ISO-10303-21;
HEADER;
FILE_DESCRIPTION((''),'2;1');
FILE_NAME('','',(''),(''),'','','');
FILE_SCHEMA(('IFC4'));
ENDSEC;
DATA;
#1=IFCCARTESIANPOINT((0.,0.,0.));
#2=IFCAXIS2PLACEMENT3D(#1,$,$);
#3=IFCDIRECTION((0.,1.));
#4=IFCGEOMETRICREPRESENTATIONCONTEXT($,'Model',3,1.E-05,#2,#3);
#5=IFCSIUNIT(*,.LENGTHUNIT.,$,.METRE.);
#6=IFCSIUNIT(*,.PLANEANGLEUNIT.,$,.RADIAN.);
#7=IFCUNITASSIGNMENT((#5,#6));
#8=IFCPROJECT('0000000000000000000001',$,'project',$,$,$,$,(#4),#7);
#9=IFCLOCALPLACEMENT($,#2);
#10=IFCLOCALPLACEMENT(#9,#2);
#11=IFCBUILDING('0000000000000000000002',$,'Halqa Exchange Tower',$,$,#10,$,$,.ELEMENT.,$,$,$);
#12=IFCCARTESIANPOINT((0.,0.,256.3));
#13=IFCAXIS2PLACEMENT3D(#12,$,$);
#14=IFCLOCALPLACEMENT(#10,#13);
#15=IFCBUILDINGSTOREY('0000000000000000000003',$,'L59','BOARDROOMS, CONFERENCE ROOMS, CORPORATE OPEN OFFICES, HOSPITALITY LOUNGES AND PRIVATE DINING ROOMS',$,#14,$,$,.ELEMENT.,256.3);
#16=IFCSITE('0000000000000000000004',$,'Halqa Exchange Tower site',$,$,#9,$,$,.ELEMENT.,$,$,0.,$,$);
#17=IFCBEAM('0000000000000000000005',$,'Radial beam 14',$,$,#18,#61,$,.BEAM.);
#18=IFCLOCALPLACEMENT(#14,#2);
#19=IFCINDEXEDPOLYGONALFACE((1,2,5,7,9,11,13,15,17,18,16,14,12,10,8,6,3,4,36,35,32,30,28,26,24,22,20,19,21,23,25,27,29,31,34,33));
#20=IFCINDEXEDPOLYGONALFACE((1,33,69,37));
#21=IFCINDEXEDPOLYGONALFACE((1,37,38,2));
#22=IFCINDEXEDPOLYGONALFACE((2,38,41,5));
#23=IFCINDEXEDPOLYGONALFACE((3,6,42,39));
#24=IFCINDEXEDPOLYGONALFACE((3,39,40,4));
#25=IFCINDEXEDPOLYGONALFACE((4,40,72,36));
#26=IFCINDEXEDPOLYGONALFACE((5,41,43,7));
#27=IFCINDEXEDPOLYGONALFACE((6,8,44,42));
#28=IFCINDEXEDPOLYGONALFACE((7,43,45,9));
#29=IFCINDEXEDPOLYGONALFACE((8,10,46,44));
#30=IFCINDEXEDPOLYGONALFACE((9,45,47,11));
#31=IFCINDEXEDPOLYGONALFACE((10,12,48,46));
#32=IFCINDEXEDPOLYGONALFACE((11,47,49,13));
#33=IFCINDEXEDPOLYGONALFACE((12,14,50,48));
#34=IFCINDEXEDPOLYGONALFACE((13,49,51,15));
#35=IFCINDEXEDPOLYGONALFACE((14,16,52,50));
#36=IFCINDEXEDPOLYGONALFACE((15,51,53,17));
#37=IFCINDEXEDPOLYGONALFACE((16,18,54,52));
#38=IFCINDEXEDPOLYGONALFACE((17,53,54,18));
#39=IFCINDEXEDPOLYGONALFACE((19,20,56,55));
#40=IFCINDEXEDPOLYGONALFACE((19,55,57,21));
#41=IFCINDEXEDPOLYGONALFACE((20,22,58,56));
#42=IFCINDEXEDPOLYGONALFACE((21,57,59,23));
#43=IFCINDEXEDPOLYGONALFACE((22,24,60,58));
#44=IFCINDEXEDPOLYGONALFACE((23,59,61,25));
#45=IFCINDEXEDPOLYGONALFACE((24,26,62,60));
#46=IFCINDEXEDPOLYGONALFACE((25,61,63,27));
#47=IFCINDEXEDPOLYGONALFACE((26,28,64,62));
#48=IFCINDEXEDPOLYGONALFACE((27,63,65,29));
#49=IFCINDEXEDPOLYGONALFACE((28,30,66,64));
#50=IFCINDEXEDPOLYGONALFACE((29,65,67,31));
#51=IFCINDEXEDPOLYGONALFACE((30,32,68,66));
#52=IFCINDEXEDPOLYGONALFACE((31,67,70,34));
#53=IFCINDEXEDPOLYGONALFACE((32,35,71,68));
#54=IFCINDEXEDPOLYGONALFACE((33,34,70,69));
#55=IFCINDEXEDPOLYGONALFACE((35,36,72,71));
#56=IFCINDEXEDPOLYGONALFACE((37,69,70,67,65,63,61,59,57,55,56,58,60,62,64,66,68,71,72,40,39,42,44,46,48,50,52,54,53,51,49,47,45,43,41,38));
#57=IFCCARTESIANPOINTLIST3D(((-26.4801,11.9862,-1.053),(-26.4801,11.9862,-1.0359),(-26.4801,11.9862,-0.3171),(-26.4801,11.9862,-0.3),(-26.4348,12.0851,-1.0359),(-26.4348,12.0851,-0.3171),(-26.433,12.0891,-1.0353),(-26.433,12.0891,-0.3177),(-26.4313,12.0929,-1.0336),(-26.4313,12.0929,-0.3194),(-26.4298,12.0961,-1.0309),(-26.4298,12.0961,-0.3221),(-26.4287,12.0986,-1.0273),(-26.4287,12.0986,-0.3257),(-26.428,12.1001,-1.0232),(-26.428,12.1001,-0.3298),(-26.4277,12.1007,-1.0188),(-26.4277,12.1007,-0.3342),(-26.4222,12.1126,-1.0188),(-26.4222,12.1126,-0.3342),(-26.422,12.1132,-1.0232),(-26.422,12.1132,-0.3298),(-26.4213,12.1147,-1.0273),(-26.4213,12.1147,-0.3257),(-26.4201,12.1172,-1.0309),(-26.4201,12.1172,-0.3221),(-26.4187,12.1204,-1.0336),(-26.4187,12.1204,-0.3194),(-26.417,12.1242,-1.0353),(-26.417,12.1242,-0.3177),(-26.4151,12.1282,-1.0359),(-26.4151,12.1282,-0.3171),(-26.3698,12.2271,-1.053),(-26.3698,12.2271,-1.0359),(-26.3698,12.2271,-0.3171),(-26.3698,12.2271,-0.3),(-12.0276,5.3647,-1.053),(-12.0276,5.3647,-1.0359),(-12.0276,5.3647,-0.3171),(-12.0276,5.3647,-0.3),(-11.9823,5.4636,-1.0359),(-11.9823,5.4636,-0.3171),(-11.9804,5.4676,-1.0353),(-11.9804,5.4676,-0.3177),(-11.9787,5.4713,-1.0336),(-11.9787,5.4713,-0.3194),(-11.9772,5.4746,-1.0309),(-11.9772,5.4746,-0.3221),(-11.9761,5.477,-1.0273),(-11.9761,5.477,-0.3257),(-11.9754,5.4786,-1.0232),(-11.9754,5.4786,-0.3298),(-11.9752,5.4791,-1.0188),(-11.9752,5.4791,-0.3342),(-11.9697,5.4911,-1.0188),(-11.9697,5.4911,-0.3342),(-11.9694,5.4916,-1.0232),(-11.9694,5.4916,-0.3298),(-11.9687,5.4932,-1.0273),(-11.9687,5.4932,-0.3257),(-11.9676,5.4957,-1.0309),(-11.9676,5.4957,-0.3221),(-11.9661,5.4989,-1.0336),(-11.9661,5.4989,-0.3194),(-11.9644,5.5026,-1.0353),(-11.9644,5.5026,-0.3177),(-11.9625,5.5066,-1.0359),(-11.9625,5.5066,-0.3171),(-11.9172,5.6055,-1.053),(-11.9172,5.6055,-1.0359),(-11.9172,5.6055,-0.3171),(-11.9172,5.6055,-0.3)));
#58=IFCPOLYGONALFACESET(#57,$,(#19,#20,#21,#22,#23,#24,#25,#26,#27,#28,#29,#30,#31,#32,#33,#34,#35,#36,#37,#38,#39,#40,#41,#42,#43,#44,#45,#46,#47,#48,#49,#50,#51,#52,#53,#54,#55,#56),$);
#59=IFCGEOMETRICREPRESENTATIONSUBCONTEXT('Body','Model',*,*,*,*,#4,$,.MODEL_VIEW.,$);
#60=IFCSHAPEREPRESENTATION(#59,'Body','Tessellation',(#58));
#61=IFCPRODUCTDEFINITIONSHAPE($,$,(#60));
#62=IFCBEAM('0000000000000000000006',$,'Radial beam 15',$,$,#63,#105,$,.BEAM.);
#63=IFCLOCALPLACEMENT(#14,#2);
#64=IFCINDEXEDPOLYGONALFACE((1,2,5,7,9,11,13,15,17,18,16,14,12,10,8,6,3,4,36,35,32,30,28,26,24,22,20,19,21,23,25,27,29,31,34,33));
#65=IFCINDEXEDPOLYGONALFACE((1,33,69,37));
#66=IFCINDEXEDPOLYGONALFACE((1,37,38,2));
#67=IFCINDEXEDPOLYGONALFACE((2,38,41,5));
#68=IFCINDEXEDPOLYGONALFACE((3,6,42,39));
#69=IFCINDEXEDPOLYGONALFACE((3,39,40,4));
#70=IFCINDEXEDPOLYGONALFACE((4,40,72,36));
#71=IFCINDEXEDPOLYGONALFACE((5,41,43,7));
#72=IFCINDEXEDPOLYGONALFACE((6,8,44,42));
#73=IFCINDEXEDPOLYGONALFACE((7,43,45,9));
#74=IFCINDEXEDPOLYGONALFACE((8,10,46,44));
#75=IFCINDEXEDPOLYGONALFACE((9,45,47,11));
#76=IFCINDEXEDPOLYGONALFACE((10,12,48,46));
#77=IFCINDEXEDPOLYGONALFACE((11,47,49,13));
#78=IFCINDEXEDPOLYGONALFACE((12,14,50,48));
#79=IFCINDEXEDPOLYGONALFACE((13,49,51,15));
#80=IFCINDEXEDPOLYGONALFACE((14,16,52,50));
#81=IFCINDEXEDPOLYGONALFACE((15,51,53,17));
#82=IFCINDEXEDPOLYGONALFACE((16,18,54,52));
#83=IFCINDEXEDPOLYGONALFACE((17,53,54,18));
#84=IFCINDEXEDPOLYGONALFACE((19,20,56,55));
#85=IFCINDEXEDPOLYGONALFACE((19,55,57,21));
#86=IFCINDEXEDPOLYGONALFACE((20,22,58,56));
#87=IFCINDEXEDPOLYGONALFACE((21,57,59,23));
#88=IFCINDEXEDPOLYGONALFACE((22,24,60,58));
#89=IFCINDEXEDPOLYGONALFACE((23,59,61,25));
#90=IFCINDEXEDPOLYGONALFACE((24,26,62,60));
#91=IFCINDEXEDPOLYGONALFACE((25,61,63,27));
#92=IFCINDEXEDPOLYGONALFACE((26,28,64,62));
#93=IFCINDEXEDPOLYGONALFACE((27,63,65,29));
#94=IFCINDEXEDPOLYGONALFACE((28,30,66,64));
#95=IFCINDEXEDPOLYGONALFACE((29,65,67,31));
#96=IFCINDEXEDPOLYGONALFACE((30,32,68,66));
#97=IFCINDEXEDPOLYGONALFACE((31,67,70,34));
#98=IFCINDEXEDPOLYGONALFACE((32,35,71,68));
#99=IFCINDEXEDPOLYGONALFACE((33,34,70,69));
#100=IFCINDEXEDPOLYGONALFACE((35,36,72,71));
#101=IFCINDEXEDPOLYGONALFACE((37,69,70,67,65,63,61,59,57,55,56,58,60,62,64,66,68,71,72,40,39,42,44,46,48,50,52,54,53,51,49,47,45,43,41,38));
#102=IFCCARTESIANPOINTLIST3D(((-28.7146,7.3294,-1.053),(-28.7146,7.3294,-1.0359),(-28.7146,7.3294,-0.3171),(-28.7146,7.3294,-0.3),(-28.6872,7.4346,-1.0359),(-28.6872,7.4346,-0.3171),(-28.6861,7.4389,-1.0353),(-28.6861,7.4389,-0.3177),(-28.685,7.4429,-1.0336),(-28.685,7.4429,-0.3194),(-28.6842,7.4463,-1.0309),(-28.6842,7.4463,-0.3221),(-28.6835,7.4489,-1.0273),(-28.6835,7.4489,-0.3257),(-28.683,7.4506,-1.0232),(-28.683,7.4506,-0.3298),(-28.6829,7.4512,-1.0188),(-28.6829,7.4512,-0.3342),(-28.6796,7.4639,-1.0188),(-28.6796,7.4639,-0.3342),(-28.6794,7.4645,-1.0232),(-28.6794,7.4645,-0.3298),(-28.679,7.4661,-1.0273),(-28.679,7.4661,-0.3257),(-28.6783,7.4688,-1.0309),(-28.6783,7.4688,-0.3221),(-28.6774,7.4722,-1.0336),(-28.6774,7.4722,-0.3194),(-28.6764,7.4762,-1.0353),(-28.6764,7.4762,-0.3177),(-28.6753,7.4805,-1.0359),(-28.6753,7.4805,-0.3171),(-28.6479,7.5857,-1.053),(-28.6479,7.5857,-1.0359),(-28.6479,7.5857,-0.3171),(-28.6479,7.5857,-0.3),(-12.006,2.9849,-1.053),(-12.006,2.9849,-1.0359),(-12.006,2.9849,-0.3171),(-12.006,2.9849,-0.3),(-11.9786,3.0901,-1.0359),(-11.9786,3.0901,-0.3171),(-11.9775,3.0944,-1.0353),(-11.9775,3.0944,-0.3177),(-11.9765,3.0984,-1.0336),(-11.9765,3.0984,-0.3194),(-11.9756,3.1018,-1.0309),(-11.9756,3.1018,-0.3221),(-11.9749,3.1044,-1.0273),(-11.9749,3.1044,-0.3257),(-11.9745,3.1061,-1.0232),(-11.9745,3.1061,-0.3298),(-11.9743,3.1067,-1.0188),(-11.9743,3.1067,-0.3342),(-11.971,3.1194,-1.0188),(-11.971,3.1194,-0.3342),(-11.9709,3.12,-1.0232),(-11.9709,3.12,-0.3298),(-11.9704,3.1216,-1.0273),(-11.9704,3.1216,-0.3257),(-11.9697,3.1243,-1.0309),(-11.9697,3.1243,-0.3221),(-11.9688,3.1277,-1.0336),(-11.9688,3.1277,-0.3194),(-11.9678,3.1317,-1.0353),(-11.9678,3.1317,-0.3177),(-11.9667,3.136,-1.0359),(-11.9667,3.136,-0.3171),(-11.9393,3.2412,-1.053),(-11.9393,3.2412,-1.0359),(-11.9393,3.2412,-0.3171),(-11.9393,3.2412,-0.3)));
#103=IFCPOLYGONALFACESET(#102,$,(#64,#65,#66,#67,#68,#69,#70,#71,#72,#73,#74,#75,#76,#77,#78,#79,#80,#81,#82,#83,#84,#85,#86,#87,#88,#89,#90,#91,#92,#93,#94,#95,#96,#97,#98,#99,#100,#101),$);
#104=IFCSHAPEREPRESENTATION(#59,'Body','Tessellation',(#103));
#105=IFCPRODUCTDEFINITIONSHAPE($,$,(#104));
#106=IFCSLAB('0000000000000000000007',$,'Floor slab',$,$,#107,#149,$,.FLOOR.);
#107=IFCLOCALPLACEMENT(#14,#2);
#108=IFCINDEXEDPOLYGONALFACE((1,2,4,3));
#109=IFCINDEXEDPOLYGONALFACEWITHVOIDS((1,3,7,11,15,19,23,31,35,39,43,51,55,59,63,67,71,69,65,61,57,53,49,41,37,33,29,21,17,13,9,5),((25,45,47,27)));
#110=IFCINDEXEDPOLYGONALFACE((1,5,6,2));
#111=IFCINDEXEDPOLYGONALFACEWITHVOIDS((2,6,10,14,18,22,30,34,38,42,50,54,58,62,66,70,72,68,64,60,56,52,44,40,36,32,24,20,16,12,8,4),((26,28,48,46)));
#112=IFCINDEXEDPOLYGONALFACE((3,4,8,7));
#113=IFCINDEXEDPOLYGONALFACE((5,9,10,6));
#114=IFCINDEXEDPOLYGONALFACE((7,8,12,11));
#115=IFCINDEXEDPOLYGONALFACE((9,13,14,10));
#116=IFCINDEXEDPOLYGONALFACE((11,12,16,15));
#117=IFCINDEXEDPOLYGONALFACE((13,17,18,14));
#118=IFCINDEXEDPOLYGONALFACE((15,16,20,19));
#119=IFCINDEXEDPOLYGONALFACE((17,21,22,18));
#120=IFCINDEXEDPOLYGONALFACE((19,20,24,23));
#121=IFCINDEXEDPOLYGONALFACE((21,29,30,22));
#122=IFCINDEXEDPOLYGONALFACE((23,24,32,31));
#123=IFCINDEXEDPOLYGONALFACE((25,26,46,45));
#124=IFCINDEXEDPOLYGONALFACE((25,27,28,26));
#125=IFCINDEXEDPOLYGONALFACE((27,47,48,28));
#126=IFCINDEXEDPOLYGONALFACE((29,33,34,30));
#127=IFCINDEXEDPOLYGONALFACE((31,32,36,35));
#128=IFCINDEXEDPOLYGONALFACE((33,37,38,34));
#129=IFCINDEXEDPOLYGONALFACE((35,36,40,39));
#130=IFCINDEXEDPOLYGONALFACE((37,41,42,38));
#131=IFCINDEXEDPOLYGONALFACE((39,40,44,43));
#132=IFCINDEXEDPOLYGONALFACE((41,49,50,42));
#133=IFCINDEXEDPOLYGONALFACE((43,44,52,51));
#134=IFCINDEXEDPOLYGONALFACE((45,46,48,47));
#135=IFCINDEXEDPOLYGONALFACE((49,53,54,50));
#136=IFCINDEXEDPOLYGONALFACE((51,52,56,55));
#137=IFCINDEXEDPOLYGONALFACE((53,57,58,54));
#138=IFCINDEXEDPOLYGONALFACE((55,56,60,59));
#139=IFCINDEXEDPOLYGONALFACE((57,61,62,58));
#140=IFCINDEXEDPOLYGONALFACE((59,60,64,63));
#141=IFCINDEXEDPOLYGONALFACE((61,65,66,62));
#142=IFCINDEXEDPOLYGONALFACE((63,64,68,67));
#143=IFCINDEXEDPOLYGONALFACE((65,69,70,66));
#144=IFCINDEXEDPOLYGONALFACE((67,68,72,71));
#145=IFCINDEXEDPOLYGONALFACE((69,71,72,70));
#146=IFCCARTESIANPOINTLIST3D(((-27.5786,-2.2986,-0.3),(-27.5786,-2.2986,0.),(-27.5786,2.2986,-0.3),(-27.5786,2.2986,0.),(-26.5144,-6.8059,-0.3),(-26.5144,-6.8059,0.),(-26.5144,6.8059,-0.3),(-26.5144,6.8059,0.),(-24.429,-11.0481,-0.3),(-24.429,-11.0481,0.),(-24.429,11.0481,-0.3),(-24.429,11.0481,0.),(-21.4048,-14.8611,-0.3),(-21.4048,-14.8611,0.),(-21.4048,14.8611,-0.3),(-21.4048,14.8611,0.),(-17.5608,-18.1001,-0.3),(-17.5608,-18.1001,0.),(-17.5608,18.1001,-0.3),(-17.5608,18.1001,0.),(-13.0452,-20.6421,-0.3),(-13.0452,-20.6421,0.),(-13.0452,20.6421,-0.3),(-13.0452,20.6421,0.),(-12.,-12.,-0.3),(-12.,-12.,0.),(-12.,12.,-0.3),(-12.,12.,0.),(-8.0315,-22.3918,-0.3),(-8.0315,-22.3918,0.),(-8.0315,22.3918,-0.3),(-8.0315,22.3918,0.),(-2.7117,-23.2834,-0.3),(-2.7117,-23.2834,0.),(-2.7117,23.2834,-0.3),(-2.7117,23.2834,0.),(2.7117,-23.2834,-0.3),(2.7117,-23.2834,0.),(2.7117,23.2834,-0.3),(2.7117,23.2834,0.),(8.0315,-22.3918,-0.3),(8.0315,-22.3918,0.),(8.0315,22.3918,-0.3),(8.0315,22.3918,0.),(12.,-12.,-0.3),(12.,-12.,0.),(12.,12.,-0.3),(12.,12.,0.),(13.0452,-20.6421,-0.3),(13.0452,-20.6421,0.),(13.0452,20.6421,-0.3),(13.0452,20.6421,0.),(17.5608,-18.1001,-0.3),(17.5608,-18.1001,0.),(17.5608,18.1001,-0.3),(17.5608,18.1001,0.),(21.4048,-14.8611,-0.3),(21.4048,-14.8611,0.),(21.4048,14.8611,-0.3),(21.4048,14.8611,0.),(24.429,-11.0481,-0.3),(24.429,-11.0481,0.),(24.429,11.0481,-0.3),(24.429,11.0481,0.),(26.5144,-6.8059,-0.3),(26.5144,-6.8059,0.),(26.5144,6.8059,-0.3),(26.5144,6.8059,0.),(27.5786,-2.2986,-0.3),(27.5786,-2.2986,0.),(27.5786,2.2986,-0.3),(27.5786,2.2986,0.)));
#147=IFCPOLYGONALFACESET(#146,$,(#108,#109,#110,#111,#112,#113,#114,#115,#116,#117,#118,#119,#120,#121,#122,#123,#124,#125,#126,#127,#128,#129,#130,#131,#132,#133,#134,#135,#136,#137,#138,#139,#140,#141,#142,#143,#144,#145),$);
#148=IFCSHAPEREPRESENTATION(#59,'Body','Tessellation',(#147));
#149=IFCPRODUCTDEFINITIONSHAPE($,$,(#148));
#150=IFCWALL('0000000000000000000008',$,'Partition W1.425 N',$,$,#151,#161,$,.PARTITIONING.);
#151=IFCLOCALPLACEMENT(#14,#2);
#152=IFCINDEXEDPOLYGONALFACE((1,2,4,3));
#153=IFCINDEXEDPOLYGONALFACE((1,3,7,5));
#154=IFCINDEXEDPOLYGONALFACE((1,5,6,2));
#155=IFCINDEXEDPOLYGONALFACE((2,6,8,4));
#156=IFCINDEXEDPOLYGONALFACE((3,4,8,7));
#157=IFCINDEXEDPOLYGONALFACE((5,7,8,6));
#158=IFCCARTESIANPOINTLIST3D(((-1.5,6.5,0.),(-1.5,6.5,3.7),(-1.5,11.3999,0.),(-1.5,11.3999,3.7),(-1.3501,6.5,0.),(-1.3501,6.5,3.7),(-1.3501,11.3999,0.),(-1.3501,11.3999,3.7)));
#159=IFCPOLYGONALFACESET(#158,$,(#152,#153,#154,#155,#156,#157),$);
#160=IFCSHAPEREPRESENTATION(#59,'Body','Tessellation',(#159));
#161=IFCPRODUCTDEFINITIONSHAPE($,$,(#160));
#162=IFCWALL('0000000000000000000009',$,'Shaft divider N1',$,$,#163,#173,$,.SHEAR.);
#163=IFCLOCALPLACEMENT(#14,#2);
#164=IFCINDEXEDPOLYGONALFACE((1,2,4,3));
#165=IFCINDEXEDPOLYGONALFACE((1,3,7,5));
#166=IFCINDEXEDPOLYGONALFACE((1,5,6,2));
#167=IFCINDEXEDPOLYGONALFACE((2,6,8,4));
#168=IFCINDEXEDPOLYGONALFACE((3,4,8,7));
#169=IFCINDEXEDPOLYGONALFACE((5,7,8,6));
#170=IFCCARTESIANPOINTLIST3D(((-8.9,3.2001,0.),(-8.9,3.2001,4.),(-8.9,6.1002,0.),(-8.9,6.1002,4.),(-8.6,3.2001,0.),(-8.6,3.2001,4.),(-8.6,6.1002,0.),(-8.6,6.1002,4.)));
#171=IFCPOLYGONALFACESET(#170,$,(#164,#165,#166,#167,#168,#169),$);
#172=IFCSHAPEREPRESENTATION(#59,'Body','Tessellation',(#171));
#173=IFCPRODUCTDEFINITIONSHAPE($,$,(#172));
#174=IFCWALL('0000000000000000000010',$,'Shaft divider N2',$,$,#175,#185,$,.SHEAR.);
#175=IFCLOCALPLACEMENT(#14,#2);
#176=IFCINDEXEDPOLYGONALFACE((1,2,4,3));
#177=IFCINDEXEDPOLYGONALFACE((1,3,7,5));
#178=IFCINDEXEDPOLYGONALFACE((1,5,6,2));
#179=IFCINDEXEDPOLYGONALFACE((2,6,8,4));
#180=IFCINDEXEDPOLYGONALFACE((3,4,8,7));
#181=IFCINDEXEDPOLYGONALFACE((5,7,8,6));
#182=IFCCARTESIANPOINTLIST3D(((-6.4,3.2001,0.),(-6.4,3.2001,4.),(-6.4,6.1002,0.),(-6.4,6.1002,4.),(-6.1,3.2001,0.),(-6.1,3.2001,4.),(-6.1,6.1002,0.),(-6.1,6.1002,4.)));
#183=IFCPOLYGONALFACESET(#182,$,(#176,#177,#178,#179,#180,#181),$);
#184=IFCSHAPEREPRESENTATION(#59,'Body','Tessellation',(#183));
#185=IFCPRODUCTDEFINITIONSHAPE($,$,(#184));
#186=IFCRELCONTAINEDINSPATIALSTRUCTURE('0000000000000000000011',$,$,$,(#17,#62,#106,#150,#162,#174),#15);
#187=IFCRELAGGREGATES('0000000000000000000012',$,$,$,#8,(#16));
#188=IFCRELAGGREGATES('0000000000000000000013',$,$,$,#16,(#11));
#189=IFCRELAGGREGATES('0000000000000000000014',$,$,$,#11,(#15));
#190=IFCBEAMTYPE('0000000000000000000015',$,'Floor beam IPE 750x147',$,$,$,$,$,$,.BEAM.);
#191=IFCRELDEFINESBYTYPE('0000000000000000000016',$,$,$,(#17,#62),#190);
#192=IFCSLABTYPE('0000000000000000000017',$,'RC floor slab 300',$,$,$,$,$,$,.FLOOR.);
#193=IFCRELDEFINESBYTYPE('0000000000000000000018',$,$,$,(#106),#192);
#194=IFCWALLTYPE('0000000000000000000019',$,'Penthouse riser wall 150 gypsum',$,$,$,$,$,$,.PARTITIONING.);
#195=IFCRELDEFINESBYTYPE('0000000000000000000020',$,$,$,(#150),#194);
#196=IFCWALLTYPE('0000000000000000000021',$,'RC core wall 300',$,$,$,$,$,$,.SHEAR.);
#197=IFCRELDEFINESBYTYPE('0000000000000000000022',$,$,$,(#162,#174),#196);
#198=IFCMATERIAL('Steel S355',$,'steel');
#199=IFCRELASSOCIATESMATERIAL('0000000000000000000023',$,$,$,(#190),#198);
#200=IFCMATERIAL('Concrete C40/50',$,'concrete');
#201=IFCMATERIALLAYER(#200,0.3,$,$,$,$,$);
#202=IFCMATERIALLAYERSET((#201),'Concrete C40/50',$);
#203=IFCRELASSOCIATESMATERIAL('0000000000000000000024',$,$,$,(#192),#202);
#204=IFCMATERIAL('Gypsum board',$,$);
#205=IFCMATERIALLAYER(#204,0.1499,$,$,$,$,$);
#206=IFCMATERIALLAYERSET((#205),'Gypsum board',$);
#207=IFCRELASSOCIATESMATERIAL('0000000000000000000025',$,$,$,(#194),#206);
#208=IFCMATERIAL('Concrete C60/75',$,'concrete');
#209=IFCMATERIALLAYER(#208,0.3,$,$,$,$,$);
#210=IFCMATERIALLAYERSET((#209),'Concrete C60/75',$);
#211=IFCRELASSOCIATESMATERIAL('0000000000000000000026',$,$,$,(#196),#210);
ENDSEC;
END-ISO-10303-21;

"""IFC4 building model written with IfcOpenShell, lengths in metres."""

from ifc_helpers import new_model, si_unit, direction, frame, frame_2d, origin, origin_2d, place, context, subcontext, project, spatial, polyline, rectangle, i_section, outline, extrude, material, layer, layer_set, material_profile, profile_set, type_object, element, save


model = new_model("IFC4")

# Units and contexts
model_context = context("Model", 3, precision=1e-05, world=origin(), true_north=direction((0.0, 1.0)))
body_context = subcontext(model_context, "Body", "Model", "MODEL_VIEW")
ifc_project = project(units=[si_unit("LENGTHUNIT", "METRE"), si_unit("PLANEANGLEUNIT", "RADIAN")], contexts=[model_context])

# Site, building, storey
site_placement = place(None, origin())
site = spatial("IfcSite", under=ifc_project, at=site_placement, Name="Halqa Exchange Tower site", CompositionType="ELEMENT", RefElevation=0.0)
building_placement = place(site_placement, origin())
building = spatial("IfcBuilding", under=site, at=building_placement, Name="Halqa Exchange Tower", CompositionType="ELEMENT")
storey_placement = place(building_placement, frame((0.0, 0.0, 256.3)))
storey = spatial("IfcBuildingStorey", under=building, at=storey_placement, Name="L59", Description="BOARDROOMS, CONFERENCE ROOMS, CORPORATE OPEN OFFICES, HOSPITALITY LOUNGES AND PRIVATE DINING ROOMS", CompositionType="ELEMENT", Elevation=256.3)

# Beams
ifc_material_1 = material(Name="Steel S355", Category="steel")
ifc_material_profile = material_profile(ifc_material_1, i_section(OverallWidth=0.2649, OverallDepth=0.7529, WebThickness=0.0132, FlangeThickness=0.0171, FilletRadius=0.0171, at=origin_2d()), Name="IPE 750x147")
ifc_profile_set = profile_set([ifc_material_profile], Name="Steel S355")
beam_type = type_object("IfcBeamType", Name="Floor beam IPE 750x147", PredefinedType="BEAM", material=ifc_profile_set)
beam_1_placement = place(storey_placement, frame((-11.9724, 5.4851, -0.6765), z_axis=(-0.909125, 0.416523, 0.0), x_axis=(-0.416523, -0.909125, 0.0)))
element("IfcBeam", 1, at=beam_1_placement, inside=storey, type_object=beam_type, Name="Radial beam 14", PredefinedType="BEAM", context=body_context, shape_type="SweptSolid", body=[
    extrude(i_section(OverallWidth=0.2649, OverallDepth=0.7529, WebThickness=0.0132, FlangeThickness=0.0171, FilletRadius=0.0171, at=origin_2d()), origin(), (0.0, 0.0, 1.0), 15.8972),
])
beam_2_placement = place(storey_placement, frame((-11.9727, 3.113, -0.6765), z_axis=(-0.967819, 0.251649, 0.0), x_axis=(-0.251649, -0.967819, 0.0)))
element("IfcBeam", 2, at=beam_2_placement, inside=storey, type_object=beam_type, Name="Radial beam 15", PredefinedType="BEAM", context=body_context, shape_type="SweptSolid", body=[
    extrude(i_section(OverallWidth=0.2649, OverallDepth=0.7529, WebThickness=0.0132, FlangeThickness=0.0171, FilletRadius=0.0171, at=origin_2d()), origin(), (0.0, 0.0, 1.0), 17.2642),
])

# Slab
ifc_material_2 = material(Name="Concrete C40/50", Category="concrete")
ifc_layer_1 = layer(ifc_material_2, 0.3)
ifc_layer_set_1 = layer_set([ifc_layer_1], Name="Concrete C40/50")
slab_type = type_object("IfcSlabType", Name="RC floor slab 300", PredefinedType="FLOOR", material=ifc_layer_set_1)
slab_placement = place(storey_placement, frame((0.0, 0.0, -0.3)))
element("IfcSlab", 3, at=slab_placement, inside=storey, type_object=slab_type, Name="Floor slab", PredefinedType="FLOOR", context=body_context, shape_type="SweptSolid", body=[
    extrude(outline(polyline([(27.5786, 2.2986), (26.5144, 6.8059), (24.429, 11.0481), (21.4048, 14.8611), (17.5608, 18.1001), (13.0452, 20.6421), (8.0315, 22.3918), (2.7117, 23.2834), (-2.7117, 23.2834), (-8.0315, 22.3918), (-13.0452, 20.6421), (-17.5608, 18.1001), (-21.4048, 14.8611), (-24.429, 11.0481), (-26.5144, 6.8059), (-27.5786, 2.2986), (-27.5786, -2.2986), (-26.5144, -6.8059), (-24.429, -11.0481), (-21.4048, -14.8611), (-17.5608, -18.1001), (-13.0452, -20.6421), (-8.0315, -22.3918), (-2.7117, -23.2834), (2.7117, -23.2834), (8.0315, -22.3918), (13.0452, -20.6421), (17.5608, -18.1001), (21.4048, -14.8611), (24.429, -11.0481), (26.5144, -6.8059), (27.5786, -2.2986), (27.5786, 2.2986)]), holes=[polyline([(-12.0, -12.0), (12.0, -12.0), (12.0, 12.0), (-12.0, 12.0), (-12.0, -12.0)])]), origin(), (0.0, 0.0, 1.0), 0.3),
])

# Walls
ifc_material_3 = material(Name="Gypsum board")
ifc_layer_2 = layer(ifc_material_3, 0.1499)
ifc_layer_set_2 = layer_set([ifc_layer_2], Name="Gypsum board")
wall_type_1 = type_object("IfcWallType", Name="Penthouse riser wall 150 gypsum", PredefinedType="PARTITIONING", material=ifc_layer_set_2)
wall_1_placement = place(storey_placement, frame((-1.425, 6.5, 0.0), z_axis=(0.0, 0.0, 1.0), x_axis=(0.0, 1.0, 0.0)))
element("IfcWall", 4, at=wall_1_placement, inside=storey, type_object=wall_type_1, Name="Partition W1.425 N", PredefinedType="PARTITIONING", context=body_context, shape_type="SweptSolid", body=[
    extrude(rectangle(XDim=4.8999, YDim=0.1499, at=frame_2d((2.45, 0.0))), origin(), (0.0, 0.0, 1.0), 3.7),
])
ifc_material_4 = material(Name="Concrete C60/75", Category="concrete")
ifc_layer_3 = layer(ifc_material_4, 0.3)
ifc_layer_set_3 = layer_set([ifc_layer_3], Name="Concrete C60/75")
wall_type_2 = type_object("IfcWallType", Name="RC core wall 300", PredefinedType="SHEAR", material=ifc_layer_set_3)
for number, where, z_axis, x_axis, name in (
    (5, (-8.75, 3.2, 0.0), (0.0, 0.0, 1.0), (0.0, 1.0, 0.0), "Shaft divider N1"),
    (6, (-6.25, 3.2, 0.0), (0.0, 0.0, 1.0), (0.0, 1.0, 0.0), "Shaft divider N2"),
):
    element("IfcWall", number, at=place(storey_placement, frame(where, z_axis=z_axis, x_axis=x_axis)), inside=storey, type_object=wall_type_2, Name=name, PredefinedType="SHEAR", context=body_context, shape_type="SweptSolid", body=[
        extrude(rectangle(XDim=2.9001, YDim=0.3, at=frame_2d((1.4502, 0.0))), origin(), (0.0, 0.0, 1.0), 4.0),
    ])

save(model, "model.ifc")
